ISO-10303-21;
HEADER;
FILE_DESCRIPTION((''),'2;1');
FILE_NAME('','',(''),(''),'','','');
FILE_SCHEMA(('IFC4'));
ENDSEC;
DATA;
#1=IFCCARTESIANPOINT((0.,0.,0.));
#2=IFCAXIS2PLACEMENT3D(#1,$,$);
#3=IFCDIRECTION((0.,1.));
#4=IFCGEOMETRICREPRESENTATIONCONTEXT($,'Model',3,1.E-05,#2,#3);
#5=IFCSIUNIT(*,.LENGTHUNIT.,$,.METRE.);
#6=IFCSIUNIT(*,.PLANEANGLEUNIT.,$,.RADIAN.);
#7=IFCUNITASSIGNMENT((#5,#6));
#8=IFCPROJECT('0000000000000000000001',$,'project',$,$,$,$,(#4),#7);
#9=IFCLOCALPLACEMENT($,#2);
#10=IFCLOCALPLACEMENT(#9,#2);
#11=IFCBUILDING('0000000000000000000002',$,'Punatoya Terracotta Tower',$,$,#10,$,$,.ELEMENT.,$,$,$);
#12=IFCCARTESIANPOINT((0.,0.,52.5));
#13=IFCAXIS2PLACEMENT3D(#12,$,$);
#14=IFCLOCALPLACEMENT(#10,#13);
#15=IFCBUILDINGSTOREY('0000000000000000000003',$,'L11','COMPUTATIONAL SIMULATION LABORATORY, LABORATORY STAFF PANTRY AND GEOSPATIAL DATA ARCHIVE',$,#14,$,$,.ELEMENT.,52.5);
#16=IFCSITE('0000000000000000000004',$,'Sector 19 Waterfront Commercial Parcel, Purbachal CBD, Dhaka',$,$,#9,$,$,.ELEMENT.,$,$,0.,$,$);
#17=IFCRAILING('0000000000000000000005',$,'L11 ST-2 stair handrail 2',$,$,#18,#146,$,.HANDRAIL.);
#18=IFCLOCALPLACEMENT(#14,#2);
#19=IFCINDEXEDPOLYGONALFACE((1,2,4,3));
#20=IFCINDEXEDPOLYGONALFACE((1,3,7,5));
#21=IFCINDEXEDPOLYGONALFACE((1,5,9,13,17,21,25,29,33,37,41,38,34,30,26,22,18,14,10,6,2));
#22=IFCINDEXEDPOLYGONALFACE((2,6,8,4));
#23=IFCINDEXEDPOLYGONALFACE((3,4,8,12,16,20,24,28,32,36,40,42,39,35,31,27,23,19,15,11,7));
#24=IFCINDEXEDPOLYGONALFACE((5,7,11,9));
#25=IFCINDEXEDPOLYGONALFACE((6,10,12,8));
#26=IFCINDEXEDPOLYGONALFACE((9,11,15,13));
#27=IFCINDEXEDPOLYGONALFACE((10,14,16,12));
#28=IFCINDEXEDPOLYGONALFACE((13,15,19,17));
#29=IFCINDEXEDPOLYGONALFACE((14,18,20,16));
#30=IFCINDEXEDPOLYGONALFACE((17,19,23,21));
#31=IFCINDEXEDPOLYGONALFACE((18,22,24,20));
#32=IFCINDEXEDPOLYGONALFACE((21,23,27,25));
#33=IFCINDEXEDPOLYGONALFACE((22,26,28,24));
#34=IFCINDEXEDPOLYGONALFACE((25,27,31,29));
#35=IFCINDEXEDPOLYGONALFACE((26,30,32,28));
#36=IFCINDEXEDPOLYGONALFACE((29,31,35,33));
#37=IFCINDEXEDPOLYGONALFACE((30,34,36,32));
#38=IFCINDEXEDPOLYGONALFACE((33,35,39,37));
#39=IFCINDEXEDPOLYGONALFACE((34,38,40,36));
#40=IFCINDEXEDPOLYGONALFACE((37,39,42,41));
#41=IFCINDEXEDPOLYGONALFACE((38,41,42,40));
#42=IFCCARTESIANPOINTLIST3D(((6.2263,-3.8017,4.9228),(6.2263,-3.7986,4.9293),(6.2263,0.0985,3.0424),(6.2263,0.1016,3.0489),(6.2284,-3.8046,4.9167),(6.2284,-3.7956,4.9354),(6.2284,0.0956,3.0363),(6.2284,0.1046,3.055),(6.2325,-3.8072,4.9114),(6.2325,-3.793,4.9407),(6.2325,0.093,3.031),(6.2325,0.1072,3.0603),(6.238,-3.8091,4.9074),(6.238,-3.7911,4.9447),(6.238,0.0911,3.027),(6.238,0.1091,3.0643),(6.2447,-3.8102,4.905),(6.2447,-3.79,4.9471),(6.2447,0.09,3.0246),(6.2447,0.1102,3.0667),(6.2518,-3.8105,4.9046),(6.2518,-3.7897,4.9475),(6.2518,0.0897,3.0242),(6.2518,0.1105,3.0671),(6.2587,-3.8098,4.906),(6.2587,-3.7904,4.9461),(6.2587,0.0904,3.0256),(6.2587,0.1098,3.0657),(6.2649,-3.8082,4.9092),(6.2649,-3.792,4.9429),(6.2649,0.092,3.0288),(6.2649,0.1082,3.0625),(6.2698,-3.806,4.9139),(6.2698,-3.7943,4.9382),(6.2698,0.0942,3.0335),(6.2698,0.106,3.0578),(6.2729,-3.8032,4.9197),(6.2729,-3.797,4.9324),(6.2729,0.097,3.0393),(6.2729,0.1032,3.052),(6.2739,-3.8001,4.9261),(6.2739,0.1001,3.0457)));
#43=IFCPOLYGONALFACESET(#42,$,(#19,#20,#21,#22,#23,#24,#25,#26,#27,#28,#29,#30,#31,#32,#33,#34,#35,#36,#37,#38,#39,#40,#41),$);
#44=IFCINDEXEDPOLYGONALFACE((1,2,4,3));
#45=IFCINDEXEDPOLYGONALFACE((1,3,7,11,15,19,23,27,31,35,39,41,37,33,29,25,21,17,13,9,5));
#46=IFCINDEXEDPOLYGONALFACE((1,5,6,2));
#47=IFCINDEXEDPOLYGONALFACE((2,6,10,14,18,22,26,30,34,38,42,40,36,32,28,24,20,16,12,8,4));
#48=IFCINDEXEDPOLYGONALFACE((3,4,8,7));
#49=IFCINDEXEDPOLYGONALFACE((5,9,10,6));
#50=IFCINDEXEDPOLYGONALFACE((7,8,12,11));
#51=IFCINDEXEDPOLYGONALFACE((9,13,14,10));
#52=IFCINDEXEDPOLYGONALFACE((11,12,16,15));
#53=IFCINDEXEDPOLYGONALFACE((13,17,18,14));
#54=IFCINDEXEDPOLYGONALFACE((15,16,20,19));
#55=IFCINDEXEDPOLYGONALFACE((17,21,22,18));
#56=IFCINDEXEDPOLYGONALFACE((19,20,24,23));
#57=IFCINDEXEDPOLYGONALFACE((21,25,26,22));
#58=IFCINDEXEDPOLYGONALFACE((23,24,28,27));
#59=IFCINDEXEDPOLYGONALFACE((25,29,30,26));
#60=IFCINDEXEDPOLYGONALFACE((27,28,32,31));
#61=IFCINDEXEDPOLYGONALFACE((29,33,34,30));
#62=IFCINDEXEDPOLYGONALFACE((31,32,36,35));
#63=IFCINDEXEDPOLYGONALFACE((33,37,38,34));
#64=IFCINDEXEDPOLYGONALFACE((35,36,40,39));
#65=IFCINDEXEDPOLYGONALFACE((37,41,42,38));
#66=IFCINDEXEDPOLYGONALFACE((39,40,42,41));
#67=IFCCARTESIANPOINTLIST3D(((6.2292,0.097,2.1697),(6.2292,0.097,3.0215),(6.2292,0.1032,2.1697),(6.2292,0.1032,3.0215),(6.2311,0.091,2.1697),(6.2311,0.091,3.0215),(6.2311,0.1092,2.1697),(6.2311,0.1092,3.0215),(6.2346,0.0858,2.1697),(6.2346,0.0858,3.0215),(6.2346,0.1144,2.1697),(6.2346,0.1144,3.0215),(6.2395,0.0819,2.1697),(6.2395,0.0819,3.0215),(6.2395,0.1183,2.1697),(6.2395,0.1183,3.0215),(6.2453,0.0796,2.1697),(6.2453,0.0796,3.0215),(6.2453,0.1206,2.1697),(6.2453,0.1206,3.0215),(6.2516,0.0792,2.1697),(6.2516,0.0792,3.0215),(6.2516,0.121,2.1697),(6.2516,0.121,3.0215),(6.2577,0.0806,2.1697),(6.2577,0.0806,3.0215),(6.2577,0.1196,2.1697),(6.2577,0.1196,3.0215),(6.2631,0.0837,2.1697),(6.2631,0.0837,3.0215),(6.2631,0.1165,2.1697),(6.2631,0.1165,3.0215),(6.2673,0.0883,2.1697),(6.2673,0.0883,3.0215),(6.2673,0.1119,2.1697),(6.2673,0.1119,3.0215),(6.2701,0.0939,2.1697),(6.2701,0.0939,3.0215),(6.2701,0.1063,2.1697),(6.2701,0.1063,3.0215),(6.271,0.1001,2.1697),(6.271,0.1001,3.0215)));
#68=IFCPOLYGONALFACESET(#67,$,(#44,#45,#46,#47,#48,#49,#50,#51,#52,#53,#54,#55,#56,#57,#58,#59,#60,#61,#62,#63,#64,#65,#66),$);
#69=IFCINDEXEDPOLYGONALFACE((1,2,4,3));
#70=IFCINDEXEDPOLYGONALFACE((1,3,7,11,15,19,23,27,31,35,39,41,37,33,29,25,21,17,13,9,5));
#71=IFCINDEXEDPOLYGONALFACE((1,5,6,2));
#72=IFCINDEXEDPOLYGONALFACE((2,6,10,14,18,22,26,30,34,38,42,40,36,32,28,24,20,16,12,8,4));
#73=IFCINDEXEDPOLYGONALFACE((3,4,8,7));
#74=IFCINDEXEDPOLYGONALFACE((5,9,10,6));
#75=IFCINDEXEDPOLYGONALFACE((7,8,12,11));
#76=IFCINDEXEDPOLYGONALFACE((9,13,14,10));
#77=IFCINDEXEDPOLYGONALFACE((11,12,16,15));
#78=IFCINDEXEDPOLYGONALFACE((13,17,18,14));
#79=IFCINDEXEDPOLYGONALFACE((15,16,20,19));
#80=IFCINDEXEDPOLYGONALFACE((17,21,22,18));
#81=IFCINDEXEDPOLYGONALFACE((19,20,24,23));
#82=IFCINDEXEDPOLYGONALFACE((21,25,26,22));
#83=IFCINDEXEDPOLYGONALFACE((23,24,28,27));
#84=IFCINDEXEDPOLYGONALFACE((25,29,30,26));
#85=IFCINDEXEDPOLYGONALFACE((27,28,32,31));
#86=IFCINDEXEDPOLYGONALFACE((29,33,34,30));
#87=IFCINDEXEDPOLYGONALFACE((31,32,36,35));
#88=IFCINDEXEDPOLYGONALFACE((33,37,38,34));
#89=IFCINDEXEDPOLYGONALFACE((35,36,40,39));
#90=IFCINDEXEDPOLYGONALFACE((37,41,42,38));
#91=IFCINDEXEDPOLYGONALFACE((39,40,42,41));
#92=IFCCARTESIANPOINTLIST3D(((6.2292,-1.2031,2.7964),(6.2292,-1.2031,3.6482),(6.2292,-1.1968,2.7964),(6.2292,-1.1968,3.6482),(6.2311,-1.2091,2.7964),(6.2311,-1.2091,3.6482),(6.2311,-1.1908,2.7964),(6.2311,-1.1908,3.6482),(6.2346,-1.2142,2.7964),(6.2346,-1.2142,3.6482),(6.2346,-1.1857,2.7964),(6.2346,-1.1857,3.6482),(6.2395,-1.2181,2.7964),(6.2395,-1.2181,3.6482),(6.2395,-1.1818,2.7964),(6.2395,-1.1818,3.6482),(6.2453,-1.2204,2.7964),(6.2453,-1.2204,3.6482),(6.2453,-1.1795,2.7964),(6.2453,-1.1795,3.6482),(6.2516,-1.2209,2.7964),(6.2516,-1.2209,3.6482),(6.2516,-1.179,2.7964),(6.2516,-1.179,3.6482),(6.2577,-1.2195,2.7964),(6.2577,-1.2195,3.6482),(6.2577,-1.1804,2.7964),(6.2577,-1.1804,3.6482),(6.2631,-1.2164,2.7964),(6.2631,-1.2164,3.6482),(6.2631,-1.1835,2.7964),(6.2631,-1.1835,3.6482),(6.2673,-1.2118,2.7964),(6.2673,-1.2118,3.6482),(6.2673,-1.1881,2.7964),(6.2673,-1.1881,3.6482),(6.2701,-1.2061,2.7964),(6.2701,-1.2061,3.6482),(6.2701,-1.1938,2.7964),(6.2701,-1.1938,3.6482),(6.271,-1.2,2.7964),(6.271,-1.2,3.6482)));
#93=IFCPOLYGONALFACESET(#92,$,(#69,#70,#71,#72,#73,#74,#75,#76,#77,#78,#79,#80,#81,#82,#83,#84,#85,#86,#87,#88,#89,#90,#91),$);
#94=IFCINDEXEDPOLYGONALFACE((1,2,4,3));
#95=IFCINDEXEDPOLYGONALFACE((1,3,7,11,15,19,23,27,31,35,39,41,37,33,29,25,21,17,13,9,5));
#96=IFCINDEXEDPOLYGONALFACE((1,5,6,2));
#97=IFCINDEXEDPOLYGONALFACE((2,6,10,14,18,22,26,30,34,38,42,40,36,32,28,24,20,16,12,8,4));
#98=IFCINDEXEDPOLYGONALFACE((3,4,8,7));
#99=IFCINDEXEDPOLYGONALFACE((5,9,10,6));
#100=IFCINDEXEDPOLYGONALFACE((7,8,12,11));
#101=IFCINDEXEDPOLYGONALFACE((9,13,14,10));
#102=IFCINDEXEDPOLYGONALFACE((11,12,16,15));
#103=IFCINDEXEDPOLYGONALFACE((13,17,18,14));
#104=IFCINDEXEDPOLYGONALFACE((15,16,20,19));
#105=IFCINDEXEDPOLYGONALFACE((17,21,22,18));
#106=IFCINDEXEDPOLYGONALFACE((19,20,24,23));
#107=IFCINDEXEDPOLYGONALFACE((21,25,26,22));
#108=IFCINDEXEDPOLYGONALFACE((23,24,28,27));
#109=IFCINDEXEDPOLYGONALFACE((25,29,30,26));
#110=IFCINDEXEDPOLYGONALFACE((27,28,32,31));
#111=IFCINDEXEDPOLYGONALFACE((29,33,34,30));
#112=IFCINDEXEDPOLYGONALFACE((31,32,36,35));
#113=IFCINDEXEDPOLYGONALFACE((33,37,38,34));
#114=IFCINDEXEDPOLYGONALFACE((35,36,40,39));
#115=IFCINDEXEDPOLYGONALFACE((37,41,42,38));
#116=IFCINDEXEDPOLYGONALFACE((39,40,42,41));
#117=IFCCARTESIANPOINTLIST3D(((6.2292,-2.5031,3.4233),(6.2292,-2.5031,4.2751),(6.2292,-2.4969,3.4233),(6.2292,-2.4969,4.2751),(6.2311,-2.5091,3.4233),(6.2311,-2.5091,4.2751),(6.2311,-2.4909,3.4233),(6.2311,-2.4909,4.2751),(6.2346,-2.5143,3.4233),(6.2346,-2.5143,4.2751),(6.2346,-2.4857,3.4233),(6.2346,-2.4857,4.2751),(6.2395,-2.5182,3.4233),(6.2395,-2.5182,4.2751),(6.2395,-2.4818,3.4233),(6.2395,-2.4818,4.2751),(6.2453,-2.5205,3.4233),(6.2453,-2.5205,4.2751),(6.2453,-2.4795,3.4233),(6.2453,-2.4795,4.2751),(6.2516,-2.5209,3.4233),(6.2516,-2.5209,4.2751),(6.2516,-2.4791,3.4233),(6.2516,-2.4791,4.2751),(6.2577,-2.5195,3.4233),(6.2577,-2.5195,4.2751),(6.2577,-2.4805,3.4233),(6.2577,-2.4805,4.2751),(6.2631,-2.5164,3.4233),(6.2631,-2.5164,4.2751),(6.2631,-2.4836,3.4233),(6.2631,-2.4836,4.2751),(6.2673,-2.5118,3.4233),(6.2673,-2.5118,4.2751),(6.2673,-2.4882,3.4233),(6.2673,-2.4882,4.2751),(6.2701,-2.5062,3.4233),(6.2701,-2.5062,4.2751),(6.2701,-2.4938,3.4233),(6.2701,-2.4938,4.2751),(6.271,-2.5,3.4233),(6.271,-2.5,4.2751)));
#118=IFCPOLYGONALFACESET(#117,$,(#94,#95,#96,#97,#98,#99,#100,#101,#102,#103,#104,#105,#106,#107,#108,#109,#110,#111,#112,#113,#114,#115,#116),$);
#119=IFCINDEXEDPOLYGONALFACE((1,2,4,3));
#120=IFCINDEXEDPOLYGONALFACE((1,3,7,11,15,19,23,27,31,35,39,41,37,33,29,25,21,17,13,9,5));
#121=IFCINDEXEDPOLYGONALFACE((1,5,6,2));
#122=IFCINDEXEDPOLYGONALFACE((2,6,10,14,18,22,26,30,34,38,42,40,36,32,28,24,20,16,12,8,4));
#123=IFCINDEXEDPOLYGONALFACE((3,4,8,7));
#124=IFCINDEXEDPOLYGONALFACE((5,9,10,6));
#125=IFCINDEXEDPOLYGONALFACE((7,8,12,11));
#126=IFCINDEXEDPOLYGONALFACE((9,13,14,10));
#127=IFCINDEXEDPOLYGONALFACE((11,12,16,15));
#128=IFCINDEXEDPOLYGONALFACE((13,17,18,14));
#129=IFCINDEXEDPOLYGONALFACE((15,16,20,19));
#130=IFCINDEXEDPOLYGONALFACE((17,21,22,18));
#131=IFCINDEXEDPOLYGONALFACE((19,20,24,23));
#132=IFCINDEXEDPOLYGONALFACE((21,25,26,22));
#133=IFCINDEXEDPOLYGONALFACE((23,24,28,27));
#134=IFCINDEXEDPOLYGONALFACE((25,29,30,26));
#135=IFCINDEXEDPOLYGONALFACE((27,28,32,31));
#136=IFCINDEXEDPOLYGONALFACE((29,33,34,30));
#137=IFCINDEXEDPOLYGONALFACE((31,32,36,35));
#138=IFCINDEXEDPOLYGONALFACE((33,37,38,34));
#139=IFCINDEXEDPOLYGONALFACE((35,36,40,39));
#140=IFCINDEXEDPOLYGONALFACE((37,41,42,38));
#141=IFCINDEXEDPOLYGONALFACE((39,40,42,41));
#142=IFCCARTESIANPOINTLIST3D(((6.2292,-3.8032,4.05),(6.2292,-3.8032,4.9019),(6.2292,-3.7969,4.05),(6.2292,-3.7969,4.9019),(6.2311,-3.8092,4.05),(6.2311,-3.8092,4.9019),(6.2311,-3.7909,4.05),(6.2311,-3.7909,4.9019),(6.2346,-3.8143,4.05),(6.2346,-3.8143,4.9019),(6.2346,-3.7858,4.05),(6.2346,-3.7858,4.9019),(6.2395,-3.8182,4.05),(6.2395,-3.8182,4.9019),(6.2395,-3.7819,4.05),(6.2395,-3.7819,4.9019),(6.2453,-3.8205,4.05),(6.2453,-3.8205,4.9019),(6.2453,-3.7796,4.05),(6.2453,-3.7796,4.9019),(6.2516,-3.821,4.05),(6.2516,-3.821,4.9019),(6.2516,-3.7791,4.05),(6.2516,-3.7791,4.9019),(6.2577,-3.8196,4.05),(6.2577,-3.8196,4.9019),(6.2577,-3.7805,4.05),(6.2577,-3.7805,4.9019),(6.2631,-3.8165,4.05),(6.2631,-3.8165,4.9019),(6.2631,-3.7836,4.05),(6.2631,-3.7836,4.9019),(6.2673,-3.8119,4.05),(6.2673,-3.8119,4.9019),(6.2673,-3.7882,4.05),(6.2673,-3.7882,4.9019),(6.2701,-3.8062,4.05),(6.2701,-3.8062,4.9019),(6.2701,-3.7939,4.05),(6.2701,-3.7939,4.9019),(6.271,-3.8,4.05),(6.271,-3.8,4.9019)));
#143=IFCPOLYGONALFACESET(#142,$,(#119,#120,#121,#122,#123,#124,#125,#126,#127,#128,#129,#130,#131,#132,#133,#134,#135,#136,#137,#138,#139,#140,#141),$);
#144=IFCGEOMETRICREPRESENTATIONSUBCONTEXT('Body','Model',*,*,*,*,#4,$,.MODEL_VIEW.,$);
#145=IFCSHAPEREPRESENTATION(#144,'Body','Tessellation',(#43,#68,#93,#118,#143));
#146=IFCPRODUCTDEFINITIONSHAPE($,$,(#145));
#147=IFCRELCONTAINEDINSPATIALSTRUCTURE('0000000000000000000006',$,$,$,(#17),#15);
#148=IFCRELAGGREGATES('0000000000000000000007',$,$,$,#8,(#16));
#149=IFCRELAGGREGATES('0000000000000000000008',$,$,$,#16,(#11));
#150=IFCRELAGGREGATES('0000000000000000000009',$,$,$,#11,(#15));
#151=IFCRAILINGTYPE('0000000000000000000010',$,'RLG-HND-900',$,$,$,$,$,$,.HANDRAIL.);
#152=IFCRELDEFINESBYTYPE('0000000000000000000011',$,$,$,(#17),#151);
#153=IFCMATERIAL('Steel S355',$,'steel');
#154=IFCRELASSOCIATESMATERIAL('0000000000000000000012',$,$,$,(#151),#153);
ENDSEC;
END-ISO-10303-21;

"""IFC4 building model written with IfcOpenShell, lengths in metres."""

from ifc_helpers import new_model, si_unit, direction, frame, origin, origin_2d, place, context, subcontext, project, spatial, circle, extrude, material, type_object, element, save


model = new_model("IFC4")

# Units and contexts
model_context = context("Model", 3, precision=1e-05, world=origin(), true_north=direction((0.0, 1.0)))
body_context = subcontext(model_context, "Body", "Model", "MODEL_VIEW")
ifc_project = project(units=[si_unit("LENGTHUNIT", "METRE"), si_unit("PLANEANGLEUNIT", "RADIAN")], contexts=[model_context])

# Site, building, storey
site_placement = place(None, origin())
site = spatial("IfcSite", under=ifc_project, at=site_placement, Name="Sector 19 Waterfront Commercial Parcel, Purbachal CBD, Dhaka", CompositionType="ELEMENT", RefElevation=0.0)
building_placement = place(site_placement, origin())
building = spatial("IfcBuilding", under=site, at=building_placement, Name="Punatoya Terracotta Tower", CompositionType="ELEMENT")
storey_placement = place(building_placement, frame((0.0, 0.0, 52.5)))
storey = spatial("IfcBuildingStorey", under=building, at=storey_placement, Name="L11", Description="COMPUTATIONAL SIMULATION LABORATORY, LABORATORY STAFF PANTRY AND GEOSPATIAL DATA ARCHIVE", CompositionType="ELEMENT", Elevation=52.5)

# Shared definitions
ifc_material_1 = material(Name="Steel S355", Category="steel")

# Railing
railing_type_1 = type_object("IfcRailingType", Name="RLG-HND-900", PredefinedType="HANDRAIL", material=ifc_material_1)
railing_1_placement = place(storey_placement, frame((6.25, 0.1001, 2.1697)))
element("IfcRailing", 1, at=railing_1_placement, inside=storey, type_object=railing_type_1, Name="L11 ST-2 stair handrail 2", PredefinedType="HANDRAIL", context=body_context, shape_type="SweptSolid", body=[
    extrude(circle(Radius=0.0239, at=origin_2d()), frame((0.0, 0.0, 0.876), z_axis=(0.0, -0.900774, 0.434289), x_axis=(1.0, 0.0, 0.0)), (0.0, 0.0, 1.0), 4.3298),
    extrude(circle(Radius=0.021, at=origin_2d()), origin(), (0.0, 0.0, 1.0), 0.8518),
    extrude(circle(Radius=0.021, at=origin_2d()), frame((0.0, -1.3, 0.6267)), (0.0, 0.0, 1.0), 0.8518),
    extrude(circle(Radius=0.021, at=origin_2d()), frame((0.0, -2.6001, 1.2537)), (0.0, 0.0, 1.0), 0.8518),
    extrude(circle(Radius=0.021, at=origin_2d()), frame((0.0, -3.9001, 1.8804)), (0.0, 0.0, 1.0), 0.8518),
])

save(model, "model.ifc")
